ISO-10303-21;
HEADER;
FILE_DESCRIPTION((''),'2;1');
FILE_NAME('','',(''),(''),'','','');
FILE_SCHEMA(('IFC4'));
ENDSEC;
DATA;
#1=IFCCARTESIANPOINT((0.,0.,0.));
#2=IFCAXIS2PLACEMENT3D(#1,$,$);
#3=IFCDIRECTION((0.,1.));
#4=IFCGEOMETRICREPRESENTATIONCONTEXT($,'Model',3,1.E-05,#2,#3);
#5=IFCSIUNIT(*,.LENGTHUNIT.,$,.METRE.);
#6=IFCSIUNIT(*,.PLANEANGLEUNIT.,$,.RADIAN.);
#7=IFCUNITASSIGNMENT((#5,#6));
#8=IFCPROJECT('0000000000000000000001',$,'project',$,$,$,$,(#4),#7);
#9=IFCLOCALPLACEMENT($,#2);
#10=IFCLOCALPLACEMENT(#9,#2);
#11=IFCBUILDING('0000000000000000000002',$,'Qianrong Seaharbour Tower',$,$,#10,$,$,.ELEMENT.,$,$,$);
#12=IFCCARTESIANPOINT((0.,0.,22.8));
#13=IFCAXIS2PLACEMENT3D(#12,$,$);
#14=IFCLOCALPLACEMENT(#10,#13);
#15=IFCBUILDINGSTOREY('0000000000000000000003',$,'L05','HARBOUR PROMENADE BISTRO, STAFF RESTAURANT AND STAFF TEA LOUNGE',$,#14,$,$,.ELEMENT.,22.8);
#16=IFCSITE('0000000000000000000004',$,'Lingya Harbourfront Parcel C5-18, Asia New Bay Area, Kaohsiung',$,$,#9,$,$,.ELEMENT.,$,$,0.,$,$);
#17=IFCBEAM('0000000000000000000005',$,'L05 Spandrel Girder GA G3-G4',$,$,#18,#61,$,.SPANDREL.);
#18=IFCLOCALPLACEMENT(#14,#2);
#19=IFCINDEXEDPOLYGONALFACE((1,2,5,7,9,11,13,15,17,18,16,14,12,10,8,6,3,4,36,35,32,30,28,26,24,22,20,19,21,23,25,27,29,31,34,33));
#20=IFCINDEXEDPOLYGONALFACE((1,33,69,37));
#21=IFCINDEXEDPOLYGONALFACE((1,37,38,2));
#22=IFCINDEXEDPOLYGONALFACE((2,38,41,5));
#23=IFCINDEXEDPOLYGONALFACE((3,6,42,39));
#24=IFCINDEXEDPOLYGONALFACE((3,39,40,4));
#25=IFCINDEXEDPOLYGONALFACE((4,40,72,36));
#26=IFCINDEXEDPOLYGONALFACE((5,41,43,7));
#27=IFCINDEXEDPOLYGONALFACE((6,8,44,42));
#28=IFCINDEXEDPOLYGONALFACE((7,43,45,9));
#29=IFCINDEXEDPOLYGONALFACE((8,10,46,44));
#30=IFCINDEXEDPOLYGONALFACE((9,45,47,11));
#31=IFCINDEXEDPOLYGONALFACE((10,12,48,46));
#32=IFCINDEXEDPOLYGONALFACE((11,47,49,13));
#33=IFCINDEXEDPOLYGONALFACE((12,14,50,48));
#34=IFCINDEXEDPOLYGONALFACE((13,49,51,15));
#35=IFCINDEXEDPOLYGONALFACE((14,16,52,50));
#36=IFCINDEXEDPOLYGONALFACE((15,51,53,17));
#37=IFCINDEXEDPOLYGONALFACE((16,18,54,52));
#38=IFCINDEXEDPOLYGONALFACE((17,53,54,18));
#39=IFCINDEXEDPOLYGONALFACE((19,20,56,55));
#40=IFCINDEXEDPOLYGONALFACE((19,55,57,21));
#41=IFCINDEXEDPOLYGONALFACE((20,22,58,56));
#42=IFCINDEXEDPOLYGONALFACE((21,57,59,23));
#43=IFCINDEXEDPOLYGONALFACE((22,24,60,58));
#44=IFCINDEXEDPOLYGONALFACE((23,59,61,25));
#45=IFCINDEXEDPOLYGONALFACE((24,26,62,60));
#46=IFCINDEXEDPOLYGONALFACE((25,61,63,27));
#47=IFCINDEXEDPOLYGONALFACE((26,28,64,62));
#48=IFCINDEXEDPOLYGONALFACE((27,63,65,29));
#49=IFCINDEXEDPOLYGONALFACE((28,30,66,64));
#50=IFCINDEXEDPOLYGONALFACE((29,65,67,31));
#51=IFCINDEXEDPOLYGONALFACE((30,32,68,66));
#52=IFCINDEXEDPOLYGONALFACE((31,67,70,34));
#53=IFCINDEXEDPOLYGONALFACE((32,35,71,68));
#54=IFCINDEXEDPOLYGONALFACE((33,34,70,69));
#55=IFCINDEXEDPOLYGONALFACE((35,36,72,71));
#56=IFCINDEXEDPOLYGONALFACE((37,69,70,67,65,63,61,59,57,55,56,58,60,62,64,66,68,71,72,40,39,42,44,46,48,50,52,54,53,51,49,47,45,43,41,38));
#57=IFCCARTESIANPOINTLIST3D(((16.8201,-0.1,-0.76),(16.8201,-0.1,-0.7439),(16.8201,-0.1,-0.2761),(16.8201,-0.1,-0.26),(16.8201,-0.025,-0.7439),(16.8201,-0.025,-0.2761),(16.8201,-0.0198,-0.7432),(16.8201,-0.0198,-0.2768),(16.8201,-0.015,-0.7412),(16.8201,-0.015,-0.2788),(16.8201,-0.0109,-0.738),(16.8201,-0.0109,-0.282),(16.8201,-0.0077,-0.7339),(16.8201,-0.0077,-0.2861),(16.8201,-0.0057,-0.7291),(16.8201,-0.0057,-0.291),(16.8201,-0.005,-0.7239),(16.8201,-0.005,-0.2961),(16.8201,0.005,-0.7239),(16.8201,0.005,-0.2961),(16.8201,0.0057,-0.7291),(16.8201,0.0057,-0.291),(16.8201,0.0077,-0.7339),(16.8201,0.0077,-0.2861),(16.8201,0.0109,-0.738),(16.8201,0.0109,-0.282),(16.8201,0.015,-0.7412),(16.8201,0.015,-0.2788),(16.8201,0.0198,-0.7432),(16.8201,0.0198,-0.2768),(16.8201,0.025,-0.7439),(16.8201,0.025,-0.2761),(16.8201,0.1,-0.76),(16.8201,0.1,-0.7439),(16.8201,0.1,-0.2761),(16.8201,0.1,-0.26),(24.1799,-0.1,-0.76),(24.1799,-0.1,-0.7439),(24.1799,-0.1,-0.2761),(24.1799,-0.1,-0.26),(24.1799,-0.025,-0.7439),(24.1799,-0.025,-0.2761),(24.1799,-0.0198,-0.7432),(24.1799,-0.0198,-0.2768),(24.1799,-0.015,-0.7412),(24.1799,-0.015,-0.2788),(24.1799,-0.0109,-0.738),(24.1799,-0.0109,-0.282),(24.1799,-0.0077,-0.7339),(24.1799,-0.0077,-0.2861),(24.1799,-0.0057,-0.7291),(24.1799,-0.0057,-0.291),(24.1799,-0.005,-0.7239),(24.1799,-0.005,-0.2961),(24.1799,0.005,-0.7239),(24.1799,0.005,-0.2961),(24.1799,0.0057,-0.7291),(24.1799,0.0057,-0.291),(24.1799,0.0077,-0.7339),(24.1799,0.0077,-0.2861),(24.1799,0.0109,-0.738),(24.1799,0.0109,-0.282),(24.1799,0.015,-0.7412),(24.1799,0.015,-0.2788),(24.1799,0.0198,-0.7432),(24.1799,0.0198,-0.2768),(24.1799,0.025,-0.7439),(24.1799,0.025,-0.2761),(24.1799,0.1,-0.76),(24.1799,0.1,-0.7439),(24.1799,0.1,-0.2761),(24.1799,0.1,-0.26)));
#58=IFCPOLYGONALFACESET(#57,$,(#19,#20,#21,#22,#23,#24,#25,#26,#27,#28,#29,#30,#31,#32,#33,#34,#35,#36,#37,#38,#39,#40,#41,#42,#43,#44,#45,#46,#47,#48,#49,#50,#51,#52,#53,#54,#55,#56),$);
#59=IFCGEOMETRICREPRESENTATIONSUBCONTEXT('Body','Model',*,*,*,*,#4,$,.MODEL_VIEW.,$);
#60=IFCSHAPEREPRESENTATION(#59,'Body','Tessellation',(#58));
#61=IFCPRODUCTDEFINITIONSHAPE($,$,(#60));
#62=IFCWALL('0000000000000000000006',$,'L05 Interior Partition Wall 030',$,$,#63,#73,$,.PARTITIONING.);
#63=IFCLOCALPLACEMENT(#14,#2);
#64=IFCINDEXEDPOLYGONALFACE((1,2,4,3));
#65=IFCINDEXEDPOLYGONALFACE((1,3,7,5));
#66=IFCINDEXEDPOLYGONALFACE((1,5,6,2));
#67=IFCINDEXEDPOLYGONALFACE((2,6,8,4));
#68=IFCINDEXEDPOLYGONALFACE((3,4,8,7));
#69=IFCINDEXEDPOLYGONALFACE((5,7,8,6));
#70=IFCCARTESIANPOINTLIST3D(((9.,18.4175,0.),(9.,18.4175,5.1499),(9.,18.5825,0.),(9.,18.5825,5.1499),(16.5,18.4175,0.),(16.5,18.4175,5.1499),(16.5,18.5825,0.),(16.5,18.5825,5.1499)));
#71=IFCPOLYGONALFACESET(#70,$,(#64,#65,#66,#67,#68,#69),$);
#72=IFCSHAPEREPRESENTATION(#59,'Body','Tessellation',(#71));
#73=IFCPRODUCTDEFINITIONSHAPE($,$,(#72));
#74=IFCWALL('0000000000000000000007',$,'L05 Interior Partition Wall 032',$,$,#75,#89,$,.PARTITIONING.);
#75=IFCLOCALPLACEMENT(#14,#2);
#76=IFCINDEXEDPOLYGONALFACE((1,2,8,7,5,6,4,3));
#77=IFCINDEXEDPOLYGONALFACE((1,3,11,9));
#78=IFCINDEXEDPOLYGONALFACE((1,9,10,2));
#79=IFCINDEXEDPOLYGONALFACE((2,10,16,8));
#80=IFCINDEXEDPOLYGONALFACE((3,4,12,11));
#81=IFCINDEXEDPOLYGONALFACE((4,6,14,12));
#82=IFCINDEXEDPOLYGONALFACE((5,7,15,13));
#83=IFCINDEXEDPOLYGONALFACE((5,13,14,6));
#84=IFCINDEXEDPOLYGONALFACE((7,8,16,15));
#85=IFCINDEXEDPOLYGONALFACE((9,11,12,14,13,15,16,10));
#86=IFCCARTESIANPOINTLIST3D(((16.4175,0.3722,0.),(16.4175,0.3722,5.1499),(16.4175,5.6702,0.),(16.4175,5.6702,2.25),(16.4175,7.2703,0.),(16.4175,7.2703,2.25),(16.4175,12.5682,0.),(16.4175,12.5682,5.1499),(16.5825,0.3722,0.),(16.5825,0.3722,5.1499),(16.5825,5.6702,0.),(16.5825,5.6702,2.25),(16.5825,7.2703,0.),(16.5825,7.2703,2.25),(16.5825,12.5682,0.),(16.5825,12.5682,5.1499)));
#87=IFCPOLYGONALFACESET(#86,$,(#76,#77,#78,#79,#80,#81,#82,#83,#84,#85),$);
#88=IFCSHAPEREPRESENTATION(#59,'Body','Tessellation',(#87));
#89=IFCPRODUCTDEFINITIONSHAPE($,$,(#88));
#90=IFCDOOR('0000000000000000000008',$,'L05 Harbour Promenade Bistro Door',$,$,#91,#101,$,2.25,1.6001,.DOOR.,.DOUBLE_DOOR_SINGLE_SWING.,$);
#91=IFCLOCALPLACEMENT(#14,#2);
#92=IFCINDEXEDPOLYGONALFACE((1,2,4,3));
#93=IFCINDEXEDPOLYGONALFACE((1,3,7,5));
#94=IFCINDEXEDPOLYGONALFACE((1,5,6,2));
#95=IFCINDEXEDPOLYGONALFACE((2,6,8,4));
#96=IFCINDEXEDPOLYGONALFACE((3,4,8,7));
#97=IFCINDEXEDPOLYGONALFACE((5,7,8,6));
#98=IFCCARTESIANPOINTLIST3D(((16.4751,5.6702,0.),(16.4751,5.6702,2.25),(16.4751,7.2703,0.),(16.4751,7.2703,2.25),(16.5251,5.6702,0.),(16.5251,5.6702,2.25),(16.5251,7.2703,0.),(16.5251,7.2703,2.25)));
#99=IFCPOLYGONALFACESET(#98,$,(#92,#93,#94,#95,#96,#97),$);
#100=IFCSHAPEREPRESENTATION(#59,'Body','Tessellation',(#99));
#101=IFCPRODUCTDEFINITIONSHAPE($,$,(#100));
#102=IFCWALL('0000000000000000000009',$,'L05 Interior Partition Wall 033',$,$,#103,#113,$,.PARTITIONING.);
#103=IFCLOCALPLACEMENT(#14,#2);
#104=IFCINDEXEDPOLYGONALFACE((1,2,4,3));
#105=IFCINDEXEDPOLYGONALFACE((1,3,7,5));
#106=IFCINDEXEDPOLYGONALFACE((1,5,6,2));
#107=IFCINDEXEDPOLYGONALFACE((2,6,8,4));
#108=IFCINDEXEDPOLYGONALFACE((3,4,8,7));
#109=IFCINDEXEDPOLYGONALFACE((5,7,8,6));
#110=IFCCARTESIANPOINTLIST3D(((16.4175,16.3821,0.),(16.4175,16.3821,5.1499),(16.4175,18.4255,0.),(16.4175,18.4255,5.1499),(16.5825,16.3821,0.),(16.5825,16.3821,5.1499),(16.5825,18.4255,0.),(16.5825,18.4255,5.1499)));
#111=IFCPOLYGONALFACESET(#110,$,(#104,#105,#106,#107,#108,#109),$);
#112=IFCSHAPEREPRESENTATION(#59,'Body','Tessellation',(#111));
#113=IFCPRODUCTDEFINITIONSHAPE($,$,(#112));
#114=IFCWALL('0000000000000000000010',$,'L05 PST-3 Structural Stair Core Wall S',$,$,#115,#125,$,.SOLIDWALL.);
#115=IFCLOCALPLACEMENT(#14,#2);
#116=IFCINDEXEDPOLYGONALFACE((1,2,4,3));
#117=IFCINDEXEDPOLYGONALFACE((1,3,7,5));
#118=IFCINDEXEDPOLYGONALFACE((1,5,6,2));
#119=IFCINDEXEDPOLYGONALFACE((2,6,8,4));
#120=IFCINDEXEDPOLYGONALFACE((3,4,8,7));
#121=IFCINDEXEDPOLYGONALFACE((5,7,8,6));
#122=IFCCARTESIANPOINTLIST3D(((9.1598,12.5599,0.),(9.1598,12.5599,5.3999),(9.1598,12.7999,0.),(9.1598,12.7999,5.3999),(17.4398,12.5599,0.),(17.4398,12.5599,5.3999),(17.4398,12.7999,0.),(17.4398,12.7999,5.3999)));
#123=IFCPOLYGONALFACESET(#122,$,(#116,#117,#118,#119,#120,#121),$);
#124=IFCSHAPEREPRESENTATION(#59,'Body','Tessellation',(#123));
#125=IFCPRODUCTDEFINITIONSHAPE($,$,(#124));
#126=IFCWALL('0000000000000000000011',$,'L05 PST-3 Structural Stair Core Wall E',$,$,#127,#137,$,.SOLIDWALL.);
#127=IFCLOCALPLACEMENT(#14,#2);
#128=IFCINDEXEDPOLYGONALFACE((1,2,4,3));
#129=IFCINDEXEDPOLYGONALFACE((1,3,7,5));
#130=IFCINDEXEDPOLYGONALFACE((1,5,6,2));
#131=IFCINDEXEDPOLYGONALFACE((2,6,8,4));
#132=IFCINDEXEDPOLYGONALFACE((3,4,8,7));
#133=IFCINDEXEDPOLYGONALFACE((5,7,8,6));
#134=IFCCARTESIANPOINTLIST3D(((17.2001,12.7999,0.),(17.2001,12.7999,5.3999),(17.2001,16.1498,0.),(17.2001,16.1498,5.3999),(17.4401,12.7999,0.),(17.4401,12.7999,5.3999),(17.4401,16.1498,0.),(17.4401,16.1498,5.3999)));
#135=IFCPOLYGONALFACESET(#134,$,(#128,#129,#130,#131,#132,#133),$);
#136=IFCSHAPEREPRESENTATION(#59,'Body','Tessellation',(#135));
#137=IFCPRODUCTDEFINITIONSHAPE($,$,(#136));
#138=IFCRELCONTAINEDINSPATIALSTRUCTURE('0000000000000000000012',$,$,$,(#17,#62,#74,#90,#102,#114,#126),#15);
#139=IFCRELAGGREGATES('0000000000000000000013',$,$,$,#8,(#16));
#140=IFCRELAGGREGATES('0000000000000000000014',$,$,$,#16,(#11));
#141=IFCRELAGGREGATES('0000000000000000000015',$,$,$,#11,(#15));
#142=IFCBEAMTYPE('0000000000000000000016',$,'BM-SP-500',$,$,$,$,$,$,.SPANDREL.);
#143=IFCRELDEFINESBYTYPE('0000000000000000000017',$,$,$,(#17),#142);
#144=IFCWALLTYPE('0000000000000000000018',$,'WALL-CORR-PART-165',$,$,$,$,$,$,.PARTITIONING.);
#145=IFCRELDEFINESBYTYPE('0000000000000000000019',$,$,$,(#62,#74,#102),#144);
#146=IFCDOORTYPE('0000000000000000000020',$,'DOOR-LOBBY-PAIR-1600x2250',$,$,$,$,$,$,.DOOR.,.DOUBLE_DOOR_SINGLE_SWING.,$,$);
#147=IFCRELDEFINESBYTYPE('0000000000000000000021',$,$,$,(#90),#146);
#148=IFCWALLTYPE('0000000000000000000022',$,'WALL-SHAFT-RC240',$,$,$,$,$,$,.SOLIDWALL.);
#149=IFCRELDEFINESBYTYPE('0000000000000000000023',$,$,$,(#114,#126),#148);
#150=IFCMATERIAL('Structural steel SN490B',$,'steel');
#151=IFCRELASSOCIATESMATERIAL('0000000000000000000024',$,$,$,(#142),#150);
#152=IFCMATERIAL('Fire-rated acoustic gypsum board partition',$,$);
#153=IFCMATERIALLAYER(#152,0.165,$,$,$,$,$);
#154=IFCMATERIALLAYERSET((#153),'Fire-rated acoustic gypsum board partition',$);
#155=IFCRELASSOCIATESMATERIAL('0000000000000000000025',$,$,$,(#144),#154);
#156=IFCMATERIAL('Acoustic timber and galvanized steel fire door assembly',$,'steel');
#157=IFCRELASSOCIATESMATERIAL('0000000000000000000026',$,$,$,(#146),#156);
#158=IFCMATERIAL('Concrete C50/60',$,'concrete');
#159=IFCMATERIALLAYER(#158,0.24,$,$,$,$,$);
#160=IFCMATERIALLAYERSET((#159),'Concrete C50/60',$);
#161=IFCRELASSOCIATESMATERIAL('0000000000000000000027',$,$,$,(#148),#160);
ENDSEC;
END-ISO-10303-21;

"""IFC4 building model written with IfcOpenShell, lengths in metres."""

from ifc_helpers import new_model, si_unit, direction, frame, frame_2d, origin, origin_2d, place, context, subcontext, project, spatial, rectangle, i_section, extrude, material, layer, layer_set, material_profile, profile_set, type_object, element, fill, save


model = new_model("IFC4")

# Units and contexts
model_context = context("Model", 3, precision=1e-05, world=origin(), true_north=direction((0.0, 1.0)))
body_context = subcontext(model_context, "Body", "Model", "MODEL_VIEW")
ifc_project = project(units=[si_unit("LENGTHUNIT", "METRE"), si_unit("PLANEANGLEUNIT", "RADIAN")], contexts=[model_context])

# Site, building, storey
site_placement = place(None, origin())
site = spatial("IfcSite", under=ifc_project, at=site_placement, Name="Lingya Harbourfront Parcel C5-18, Asia New Bay Area, Kaohsiung", CompositionType="ELEMENT", RefElevation=0.0)
building_placement = place(site_placement, origin())
building = spatial("IfcBuilding", under=site, at=building_placement, Name="Qianrong Seaharbour Tower", CompositionType="ELEMENT")
storey_placement = place(building_placement, frame((0.0, 0.0, 22.8)))
storey = spatial("IfcBuildingStorey", under=building, at=storey_placement, Name="L05", Description="HARBOUR PROMENADE BISTRO, STAFF RESTAURANT AND STAFF TEA LOUNGE", CompositionType="ELEMENT", Elevation=22.8)

# Beam
ifc_material_1 = material(Name="Structural steel SN490B", Category="steel")
ifc_material_profile_1 = material_profile(ifc_material_1, i_section(OverallWidth=0.2, OverallDepth=0.5, WebThickness=0.01, FlangeThickness=0.0161, FilletRadius=0.02, at=origin_2d()), Name="H500x200x10x16")
ifc_profile_set_1 = profile_set([ifc_material_profile_1], Name="Structural steel SN490B")
beam_type_1 = type_object("IfcBeamType", Name="BM-SP-500", PredefinedType="SPANDREL", material=ifc_profile_set_1)
beam_1_placement = place(storey_placement, frame((16.8201, 0.0, -0.51), z_axis=(1.0, 0.0, 0.0), x_axis=(0.0, 1.0, 0.0)))
element("IfcBeam", 1, at=beam_1_placement, inside=storey, type_object=beam_type_1, Name="L05 Spandrel Girder GA G3-G4", PredefinedType="SPANDREL", context=body_context, shape_type="SweptSolid", body=[
    extrude(i_section(OverallWidth=0.2, OverallDepth=0.5, WebThickness=0.01, FlangeThickness=0.0161, FilletRadius=0.02, at=origin_2d()), origin(), (0.0, 0.0, 1.0), 7.3599),
])

# Wall
ifc_material_2 = material(Name="Fire-rated acoustic gypsum board partition")
ifc_layer_1 = layer(ifc_material_2, 0.165)
ifc_layer_set_1 = layer_set([ifc_layer_1], Name="Fire-rated acoustic gypsum board partition")
wall_type_1 = type_object("IfcWallType", Name="WALL-CORR-PART-165", PredefinedType="PARTITIONING", material=ifc_layer_set_1)
wall_1_placement = place(storey_placement, frame((16.5, 18.5, 0.0), z_axis=(0.0, 0.0, 1.0), x_axis=(-1.0, 0.0, 0.0)))
element("IfcWall", 2, at=wall_1_placement, inside=storey, type_object=wall_type_1, Name="L05 Interior Partition Wall 030", PredefinedType="PARTITIONING", context=body_context, shape_type="SweptSolid", body=[
    extrude(rectangle(XDim=7.5, YDim=0.165, at=frame_2d((3.75, 0.0))), origin(), (0.0, 0.0, 1.0), 5.1499),
])

# Wall, opening, door
wall_2_placement = place(storey_placement, frame((16.5, 0.3721, 0.0), z_axis=(0.0, 0.0, 1.0), x_axis=(0.0, 1.0, 0.0)))
wall_2 = element("IfcWall", 3, at=wall_2_placement, inside=storey, type_object=wall_type_1, Name="L05 Interior Partition Wall 032", PredefinedType="PARTITIONING", context=body_context, shape_type="SweptSolid", body=[
    extrude(rectangle(XDim=12.196, YDim=0.165, at=frame_2d((6.0981, 0.0))), origin(), (0.0, 0.0, 1.0), 5.1499),
])
opening_placement = place(wall_2_placement, frame((5.2981, 0.0, 0.0)))
opening = element("IfcOpeningElement", 4, at=opening_placement, cuts=wall_2, PredefinedType="OPENING", context=body_context, shape_type="SweptSolid", body=[
    extrude(rectangle(XDim=1.6001, YDim=2.25, at=frame_2d((0.8, 1.125))), frame((0.0, 0.0925, 0.0), z_axis=(0.0, -1.0, 0.0), x_axis=(1.0, 0.0, 0.0)), (0.0, 0.0, 1.0), 0.1851),
])
ifc_material_3 = material(Name="Acoustic timber and galvanized steel fire door assembly", Category="steel")
door_type = type_object("IfcDoorType", Name="DOOR-LOBBY-PAIR-1600x2250", OperationType="DOUBLE_DOOR_SINGLE_SWING", PredefinedType="DOOR", material=ifc_material_3)
door_placement = place(opening_placement, origin())
door = element("IfcDoor", 5, at=door_placement, inside=storey, type_object=door_type, Name="L05 Harbour Promenade Bistro Door", OperationType="DOUBLE_DOOR_SINGLE_SWING", OverallHeight=2.25, OverallWidth=1.6001, PredefinedType="DOOR", context=body_context, shape_type="SweptSolid", body=[
    extrude(rectangle(XDim=1.6001, YDim=2.25, at=frame_2d((0.8, 1.125))), frame((0.0, 0.0249, 0.0), z_axis=(0.0, -1.0, 0.0), x_axis=(1.0, 0.0, 0.0)), (0.0, 0.0, 1.0), 0.05),
])
fill(opening, door)

# Walls
wall_3_placement = place(storey_placement, frame((16.5, 16.3821, 0.0), z_axis=(0.0, 0.0, 1.0), x_axis=(0.0, 1.0, 0.0)))
element("IfcWall", 6, at=wall_3_placement, inside=storey, type_object=wall_type_1, Name="L05 Interior Partition Wall 033", PredefinedType="PARTITIONING", context=body_context, shape_type="SweptSolid", body=[
    extrude(rectangle(XDim=2.0435, YDim=0.165, at=frame_2d((1.0217, 0.0))), origin(), (0.0, 0.0, 1.0), 5.1499),
])
ifc_material_4 = material(Name="Concrete C50/60", Category="concrete")
ifc_layer_2 = layer(ifc_material_4, 0.24)
ifc_layer_set_2 = layer_set([ifc_layer_2], Name="Concrete C50/60")
wall_type_2 = type_object("IfcWallType", Name="WALL-SHAFT-RC240", PredefinedType="SOLIDWALL", material=ifc_layer_set_2)
wall_4_placement = place(storey_placement, frame((17.4399, 12.6799, 0.0), z_axis=(0.0, 0.0, 1.0), x_axis=(-1.0, 0.0, 0.0)))
element("IfcWall", 7, at=wall_4_placement, inside=storey, type_object=wall_type_2, Name="L05 PST-3 Structural Stair Core Wall S", PredefinedType="SOLIDWALL", context=body_context, shape_type="SweptSolid", body=[
    extrude(rectangle(XDim=8.28, YDim=0.24, at=frame_2d((4.1401, 0.0))), origin(), (0.0, 0.0, 1.0), 5.3999),
])
wall_5_placement = place(storey_placement, frame((17.3201, 12.8, 0.0), z_axis=(0.0, 0.0, 1.0), x_axis=(0.0, 1.0, 0.0)))
element("IfcWall", 8, at=wall_5_placement, inside=storey, type_object=wall_type_2, Name="L05 PST-3 Structural Stair Core Wall E", PredefinedType="SOLIDWALL", context=body_context, shape_type="SweptSolid", body=[
    extrude(rectangle(XDim=3.3499, YDim=0.24, at=frame_2d((1.6748, 0.0))), origin(), (0.0, 0.0, 1.0), 5.3999),
])

save(model, "model.ifc")
